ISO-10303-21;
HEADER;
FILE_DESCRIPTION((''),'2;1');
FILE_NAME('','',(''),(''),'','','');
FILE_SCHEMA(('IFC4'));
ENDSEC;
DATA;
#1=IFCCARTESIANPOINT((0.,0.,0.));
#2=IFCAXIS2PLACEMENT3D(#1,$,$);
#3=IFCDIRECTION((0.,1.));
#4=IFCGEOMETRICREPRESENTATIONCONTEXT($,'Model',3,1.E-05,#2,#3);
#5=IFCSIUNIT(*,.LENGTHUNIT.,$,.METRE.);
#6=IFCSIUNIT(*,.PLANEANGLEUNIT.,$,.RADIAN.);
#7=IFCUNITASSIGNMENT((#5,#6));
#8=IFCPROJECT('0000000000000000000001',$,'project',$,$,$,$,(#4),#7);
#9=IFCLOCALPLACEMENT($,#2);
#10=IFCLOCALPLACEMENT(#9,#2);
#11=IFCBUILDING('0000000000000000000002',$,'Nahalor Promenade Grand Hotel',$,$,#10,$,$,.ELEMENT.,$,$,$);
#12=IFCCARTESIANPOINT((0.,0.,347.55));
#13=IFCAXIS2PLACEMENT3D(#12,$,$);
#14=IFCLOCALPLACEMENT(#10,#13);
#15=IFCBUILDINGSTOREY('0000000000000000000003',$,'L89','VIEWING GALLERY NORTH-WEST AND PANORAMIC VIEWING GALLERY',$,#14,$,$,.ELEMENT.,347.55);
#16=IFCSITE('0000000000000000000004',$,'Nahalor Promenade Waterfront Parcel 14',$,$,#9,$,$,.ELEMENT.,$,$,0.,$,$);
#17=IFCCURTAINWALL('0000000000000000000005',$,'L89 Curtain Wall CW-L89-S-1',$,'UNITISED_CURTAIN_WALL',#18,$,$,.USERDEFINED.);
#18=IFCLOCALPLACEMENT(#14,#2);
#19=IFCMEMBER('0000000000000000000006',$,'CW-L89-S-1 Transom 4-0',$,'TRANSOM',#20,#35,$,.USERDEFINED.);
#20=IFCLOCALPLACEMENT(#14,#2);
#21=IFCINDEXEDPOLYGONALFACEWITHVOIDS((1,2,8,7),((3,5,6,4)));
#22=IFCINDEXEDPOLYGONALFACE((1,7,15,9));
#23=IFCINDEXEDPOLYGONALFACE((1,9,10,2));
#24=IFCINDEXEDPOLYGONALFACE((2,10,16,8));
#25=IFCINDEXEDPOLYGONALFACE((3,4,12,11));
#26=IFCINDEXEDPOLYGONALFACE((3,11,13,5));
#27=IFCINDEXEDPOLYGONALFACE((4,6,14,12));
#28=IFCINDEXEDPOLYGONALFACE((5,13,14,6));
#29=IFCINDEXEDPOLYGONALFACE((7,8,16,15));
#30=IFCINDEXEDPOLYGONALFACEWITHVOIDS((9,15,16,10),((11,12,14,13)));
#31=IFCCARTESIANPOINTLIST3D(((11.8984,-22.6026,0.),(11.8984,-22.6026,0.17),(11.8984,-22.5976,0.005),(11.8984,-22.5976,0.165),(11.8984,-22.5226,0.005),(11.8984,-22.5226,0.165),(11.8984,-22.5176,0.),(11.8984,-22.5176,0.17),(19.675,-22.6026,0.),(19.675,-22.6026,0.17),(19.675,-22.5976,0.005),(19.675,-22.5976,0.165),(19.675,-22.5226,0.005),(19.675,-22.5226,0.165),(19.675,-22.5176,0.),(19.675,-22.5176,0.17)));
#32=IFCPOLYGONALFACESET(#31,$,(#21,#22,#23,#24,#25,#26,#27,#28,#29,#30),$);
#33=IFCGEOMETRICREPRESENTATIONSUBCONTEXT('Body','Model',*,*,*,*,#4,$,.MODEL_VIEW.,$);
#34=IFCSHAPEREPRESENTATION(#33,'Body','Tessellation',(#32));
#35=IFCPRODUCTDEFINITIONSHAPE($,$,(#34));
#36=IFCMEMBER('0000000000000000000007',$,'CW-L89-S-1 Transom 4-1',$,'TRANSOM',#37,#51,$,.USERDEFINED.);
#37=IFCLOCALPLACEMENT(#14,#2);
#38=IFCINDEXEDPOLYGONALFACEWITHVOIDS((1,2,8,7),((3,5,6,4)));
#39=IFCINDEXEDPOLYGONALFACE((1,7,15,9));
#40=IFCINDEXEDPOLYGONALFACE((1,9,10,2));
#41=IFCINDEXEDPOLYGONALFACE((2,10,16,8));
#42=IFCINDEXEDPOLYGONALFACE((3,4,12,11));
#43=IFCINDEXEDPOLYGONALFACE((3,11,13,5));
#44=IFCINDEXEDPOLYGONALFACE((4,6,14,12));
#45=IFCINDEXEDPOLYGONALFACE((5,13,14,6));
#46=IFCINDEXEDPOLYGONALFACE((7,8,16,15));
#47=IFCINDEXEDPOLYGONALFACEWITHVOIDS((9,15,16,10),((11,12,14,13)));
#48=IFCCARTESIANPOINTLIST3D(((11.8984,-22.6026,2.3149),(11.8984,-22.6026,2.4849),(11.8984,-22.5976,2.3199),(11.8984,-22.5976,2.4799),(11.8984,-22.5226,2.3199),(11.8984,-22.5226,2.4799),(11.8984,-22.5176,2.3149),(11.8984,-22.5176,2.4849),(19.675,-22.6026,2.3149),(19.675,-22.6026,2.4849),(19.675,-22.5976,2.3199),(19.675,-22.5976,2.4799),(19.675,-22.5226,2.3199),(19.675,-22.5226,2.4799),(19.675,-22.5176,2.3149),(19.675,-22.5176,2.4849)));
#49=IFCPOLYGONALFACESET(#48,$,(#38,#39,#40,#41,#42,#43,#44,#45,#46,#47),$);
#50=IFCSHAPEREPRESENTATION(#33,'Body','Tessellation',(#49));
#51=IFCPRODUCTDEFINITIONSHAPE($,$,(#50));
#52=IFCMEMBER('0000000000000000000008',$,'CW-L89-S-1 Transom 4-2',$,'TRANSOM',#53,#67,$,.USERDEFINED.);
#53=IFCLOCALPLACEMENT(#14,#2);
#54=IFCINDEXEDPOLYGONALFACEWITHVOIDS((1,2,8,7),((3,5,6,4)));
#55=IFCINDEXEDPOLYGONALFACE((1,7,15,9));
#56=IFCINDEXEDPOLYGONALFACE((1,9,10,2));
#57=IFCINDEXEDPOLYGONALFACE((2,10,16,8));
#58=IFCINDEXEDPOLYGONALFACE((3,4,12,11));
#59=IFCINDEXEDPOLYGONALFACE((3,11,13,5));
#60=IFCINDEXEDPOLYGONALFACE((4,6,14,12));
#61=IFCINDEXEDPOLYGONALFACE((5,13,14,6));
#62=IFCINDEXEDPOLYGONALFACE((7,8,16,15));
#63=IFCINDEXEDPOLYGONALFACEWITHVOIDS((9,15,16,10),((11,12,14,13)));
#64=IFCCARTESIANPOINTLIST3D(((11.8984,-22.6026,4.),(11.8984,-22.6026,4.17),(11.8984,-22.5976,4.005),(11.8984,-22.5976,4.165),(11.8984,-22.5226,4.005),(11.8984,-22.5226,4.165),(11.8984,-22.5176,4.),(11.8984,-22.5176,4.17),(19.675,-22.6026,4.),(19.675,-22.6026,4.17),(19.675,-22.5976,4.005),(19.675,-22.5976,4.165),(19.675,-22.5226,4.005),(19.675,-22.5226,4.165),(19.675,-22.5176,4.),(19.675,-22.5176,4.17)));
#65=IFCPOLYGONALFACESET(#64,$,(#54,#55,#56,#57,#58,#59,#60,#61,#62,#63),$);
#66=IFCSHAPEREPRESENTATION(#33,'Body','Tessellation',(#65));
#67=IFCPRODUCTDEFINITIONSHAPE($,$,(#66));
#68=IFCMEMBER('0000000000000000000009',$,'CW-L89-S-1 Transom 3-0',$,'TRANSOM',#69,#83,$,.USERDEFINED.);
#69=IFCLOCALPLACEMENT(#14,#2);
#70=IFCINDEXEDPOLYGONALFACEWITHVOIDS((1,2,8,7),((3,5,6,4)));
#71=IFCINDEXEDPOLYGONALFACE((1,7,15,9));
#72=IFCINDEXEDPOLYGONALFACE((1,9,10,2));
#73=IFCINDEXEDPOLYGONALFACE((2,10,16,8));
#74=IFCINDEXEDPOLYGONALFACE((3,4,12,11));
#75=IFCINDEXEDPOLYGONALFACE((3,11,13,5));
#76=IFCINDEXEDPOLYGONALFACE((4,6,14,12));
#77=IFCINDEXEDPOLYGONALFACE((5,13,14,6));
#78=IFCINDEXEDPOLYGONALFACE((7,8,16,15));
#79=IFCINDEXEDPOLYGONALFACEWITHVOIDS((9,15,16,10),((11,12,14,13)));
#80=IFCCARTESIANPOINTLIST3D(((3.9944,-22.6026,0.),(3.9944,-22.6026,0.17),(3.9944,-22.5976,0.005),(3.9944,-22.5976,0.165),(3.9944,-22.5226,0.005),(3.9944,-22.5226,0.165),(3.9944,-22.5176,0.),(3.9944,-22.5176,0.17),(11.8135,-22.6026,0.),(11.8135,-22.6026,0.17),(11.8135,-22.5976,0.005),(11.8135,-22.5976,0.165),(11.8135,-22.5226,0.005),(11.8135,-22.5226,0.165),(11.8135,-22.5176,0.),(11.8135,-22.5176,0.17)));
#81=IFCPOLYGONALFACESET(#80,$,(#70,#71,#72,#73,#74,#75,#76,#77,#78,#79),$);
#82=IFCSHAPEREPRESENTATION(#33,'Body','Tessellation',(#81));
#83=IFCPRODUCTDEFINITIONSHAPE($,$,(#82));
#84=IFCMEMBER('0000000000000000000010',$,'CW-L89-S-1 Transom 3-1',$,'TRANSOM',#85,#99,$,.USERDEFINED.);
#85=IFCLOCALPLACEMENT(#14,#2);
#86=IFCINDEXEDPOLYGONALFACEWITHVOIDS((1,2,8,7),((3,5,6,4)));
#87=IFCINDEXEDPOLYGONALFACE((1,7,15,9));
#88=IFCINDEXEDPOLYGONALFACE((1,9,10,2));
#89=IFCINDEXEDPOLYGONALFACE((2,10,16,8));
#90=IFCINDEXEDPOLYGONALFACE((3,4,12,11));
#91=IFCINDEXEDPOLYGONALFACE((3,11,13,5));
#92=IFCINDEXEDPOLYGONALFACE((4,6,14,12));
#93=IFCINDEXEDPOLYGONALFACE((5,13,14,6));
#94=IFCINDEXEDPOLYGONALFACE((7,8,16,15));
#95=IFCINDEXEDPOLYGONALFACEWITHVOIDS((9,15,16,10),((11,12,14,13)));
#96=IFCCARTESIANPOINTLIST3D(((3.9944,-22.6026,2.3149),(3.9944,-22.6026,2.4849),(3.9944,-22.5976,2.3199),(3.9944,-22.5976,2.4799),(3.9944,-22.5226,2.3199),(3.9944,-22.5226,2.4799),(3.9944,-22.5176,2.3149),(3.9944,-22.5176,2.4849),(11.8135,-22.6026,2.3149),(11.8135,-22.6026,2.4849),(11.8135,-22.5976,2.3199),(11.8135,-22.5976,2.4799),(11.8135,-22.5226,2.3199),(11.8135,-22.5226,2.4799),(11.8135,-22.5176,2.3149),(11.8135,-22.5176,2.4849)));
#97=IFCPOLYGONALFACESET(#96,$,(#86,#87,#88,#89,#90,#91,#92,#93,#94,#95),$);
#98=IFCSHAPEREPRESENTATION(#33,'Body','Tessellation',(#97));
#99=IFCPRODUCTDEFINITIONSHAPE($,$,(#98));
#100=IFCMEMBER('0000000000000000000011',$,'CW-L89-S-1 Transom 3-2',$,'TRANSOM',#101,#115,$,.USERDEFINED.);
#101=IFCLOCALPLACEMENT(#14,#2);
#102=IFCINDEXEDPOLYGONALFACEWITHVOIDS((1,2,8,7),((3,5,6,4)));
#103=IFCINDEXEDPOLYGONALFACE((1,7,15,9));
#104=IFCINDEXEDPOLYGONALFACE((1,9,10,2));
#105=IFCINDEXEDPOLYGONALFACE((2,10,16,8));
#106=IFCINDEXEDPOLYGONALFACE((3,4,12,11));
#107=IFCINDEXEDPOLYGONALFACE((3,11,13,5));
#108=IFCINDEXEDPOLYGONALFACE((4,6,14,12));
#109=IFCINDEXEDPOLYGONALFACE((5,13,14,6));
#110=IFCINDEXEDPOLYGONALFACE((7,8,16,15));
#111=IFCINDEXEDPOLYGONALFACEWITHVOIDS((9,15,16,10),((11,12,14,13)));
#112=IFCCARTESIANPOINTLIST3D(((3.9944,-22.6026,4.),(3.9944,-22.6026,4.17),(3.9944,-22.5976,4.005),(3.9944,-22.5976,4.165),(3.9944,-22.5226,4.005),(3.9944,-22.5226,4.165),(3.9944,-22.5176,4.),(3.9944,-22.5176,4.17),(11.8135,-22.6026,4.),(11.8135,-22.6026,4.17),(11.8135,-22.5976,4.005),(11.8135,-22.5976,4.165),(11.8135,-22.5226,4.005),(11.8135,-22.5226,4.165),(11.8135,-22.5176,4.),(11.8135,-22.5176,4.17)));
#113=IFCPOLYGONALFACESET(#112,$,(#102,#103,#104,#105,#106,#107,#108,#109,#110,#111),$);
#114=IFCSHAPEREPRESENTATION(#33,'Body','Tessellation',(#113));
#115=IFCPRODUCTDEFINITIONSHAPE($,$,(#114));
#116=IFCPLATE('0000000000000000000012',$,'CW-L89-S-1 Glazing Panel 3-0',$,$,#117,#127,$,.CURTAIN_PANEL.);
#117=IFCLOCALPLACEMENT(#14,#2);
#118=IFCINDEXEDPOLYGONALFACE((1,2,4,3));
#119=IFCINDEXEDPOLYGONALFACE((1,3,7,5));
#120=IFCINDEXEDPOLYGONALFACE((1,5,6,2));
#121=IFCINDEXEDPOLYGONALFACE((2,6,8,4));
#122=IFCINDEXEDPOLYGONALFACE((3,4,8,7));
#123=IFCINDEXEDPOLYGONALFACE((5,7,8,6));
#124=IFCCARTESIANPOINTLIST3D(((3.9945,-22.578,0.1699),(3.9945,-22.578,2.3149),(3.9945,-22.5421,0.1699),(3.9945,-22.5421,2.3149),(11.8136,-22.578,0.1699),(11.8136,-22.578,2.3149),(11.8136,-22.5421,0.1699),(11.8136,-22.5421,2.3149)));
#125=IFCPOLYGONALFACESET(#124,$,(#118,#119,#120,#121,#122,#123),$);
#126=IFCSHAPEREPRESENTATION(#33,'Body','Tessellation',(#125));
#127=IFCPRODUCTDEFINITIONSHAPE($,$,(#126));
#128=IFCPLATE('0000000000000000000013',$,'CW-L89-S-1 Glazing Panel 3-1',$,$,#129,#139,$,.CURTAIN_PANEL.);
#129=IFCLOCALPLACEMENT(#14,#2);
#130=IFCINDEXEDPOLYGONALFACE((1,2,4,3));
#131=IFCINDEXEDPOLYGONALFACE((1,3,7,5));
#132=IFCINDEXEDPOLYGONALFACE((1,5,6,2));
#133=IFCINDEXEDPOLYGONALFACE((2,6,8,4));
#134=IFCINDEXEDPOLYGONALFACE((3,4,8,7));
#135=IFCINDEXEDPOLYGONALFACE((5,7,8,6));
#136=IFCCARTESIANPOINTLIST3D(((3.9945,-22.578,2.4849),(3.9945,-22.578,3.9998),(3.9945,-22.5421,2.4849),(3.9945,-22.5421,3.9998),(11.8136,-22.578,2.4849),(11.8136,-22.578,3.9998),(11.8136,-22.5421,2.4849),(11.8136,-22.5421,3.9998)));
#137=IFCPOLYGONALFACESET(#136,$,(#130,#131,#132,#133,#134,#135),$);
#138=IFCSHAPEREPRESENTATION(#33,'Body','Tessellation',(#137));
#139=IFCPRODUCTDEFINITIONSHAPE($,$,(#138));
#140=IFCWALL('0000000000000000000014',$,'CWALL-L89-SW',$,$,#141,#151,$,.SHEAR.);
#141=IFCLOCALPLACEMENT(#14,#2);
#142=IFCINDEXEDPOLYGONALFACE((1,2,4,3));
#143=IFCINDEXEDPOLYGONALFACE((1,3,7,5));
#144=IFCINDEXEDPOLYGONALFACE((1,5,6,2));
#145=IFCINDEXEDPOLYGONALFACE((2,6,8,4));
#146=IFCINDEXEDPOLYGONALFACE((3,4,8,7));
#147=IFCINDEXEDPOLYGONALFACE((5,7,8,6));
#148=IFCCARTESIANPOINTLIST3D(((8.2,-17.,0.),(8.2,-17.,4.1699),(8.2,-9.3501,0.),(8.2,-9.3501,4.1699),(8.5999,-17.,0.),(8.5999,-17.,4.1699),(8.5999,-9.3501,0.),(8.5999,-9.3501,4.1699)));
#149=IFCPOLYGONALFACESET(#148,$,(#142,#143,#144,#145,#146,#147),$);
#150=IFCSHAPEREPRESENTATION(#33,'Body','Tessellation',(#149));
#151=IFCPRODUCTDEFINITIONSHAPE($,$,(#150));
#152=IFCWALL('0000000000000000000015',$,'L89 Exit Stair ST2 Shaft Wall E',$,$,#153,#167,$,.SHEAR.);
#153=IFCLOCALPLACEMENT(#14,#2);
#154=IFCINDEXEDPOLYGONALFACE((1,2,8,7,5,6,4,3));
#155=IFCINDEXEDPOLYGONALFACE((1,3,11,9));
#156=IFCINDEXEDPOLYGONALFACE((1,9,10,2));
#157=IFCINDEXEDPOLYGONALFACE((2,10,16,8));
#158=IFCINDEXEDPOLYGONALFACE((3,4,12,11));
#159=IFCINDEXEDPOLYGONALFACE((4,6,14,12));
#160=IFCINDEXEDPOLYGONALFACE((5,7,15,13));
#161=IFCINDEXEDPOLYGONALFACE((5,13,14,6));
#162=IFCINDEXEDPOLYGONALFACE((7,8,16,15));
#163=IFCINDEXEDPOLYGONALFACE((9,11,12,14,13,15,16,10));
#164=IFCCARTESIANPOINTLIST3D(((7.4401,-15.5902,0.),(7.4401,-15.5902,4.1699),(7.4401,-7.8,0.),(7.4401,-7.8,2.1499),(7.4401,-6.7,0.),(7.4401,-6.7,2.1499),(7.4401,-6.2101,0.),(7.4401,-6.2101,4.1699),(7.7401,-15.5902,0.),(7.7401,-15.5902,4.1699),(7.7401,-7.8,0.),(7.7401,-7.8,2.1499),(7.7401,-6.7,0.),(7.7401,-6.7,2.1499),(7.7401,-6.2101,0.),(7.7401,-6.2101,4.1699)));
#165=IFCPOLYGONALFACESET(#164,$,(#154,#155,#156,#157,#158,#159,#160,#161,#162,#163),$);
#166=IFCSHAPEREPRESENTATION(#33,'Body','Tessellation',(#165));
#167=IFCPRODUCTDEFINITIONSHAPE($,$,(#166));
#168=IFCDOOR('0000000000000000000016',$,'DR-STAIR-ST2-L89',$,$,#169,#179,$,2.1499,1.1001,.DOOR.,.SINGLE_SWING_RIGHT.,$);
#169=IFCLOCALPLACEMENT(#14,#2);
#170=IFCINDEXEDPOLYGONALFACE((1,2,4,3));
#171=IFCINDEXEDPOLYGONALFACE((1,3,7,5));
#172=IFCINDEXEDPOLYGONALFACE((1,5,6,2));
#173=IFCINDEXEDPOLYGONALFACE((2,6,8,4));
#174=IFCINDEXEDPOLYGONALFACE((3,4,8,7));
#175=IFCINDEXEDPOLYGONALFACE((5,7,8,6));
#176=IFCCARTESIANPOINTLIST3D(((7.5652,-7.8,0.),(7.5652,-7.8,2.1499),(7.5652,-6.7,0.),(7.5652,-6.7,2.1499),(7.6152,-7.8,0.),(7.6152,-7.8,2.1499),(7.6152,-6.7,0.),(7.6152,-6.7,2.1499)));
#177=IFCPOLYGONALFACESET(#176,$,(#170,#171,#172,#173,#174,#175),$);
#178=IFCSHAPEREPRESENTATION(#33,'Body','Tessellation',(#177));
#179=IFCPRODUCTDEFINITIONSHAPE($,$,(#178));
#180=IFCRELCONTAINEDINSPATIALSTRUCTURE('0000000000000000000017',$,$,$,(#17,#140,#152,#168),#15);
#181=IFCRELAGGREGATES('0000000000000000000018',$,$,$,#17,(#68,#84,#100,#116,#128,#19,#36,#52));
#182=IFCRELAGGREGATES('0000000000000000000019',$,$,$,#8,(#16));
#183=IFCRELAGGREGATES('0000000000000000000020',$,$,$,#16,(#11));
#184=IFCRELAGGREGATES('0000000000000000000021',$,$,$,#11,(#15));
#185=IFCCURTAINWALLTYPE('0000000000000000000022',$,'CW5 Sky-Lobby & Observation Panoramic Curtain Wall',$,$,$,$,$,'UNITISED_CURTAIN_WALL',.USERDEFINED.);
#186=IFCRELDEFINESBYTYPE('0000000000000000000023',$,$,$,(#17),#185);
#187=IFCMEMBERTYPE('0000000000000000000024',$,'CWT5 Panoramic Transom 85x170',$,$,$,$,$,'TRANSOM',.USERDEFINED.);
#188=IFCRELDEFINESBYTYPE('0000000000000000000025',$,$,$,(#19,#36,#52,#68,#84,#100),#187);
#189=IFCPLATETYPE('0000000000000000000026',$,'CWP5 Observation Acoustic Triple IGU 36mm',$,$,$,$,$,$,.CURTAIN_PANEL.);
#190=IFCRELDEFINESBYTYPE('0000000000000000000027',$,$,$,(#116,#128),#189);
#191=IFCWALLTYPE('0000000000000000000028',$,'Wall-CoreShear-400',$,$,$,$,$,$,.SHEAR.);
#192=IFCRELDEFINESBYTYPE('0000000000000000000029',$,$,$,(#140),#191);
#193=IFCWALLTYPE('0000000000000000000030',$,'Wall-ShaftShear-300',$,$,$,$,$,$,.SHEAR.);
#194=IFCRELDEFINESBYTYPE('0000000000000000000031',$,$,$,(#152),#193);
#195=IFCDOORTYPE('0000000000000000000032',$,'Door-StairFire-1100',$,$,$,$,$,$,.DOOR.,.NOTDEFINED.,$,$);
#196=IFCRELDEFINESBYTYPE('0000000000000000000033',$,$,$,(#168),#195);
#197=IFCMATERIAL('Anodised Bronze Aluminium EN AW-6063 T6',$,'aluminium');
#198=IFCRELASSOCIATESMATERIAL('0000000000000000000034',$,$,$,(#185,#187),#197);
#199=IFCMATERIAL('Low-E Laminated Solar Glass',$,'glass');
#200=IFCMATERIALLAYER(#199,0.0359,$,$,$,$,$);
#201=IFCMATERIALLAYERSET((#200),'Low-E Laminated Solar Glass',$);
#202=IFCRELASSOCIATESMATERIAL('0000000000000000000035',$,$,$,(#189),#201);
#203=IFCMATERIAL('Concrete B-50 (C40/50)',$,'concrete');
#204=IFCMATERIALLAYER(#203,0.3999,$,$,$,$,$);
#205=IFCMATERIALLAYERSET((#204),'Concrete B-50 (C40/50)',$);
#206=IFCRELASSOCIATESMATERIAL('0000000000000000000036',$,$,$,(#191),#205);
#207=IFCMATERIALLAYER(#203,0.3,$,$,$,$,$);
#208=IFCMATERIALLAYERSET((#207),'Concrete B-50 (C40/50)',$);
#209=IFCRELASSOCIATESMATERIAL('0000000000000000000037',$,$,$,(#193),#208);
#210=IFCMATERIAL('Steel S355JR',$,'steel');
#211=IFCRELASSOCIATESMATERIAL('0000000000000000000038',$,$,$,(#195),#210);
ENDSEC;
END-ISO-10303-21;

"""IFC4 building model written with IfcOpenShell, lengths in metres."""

from ifc_helpers import new_model, si_unit, direction, frame, frame_2d, origin, origin_2d, place, context, subcontext, project, spatial, rectangle, hollow_rectangle, extrude, source, transform, mapped, material, layer, layer_set, material_profile, profile_set, type_object, element, fill, aggregate, save


model = new_model("IFC4")

# Units and contexts
model_context = context("Model", 3, precision=1e-05, world=origin(), true_north=direction((0.0, 1.0)))
body_context = subcontext(model_context, "Body", "Model", "MODEL_VIEW")
ifc_project = project(units=[si_unit("LENGTHUNIT", "METRE"), si_unit("PLANEANGLEUNIT", "RADIAN")], contexts=[model_context])

# Site, building, storey
site_placement = place(None, origin())
site = spatial("IfcSite", under=ifc_project, at=site_placement, Name="Nahalor Promenade Waterfront Parcel 14", CompositionType="ELEMENT", RefElevation=0.0)
building_placement = place(site_placement, origin())
building = spatial("IfcBuilding", under=site, at=building_placement, Name="Nahalor Promenade Grand Hotel", CompositionType="ELEMENT")
storey_placement = place(building_placement, frame((0.0, 0.0, 347.55)))
storey = spatial("IfcBuildingStorey", under=building, at=storey_placement, Name="L89", Description="VIEWING GALLERY NORTH-WEST AND PANORAMIC VIEWING GALLERY", CompositionType="ELEMENT", Elevation=347.55)

# Shared definitions
ifc_material_1 = material(Name="Concrete B-50 (C40/50)", Category="concrete")
ifc_material_2 = material(Name="Steel S355JR", Category="steel")

# Curtain wall, members, plates
ifc_material_3 = material(Name="Anodised Bronze Aluminium EN AW-6063 T6", Category="aluminium")
curtain_wall_type = type_object("IfcCurtainWallType", Name="CW5 Sky-Lobby & Observation Panoramic Curtain Wall", ElementType="UNITISED_CURTAIN_WALL", PredefinedType="USERDEFINED", material=ifc_material_3)
curtain_wall_placement = place(storey_placement, origin())
curtain_wall = element("IfcCurtainWall", 1, at=curtain_wall_placement, inside=storey, type_object=curtain_wall_type, Name="L89 Curtain Wall CW-L89-S-1", ObjectType="UNITISED_CURTAIN_WALL", PredefinedType="USERDEFINED")
ifc_material_profile_1 = material_profile(ifc_material_3, hollow_rectangle(XDim=0.085, YDim=0.17, WallThickness=0.005, at=origin_2d()), Name="CWT 85x170x5")
ifc_profile_set_1 = profile_set([ifc_material_profile_1], Name="Anodised Bronze Aluminium EN AW-6063 T6")
member_type_1 = type_object("IfcMemberType", Name="CWT5 Panoramic Transom 85x170", ElementType="TRANSOM", PredefinedType="USERDEFINED", material=ifc_profile_set_1)
shared_shape_1 = source(origin(), body_context, "Body", "SweptSolid", [
    extrude(hollow_rectangle(XDim=0.085, YDim=0.17, WallThickness=0.005, at=origin_2d()), origin(), (0.0, 0.0, 1.0), 7.7766),
])
member_1_placement = place(storey_placement, frame((11.8984, -22.5601, 0.085), z_axis=(1.0, 0.0, 0.0), x_axis=(0.0, 1.0, 0.0)))
member_1 = element("IfcMember", 2, at=member_1_placement, type_object=member_type_1, Name="CW-L89-S-1 Transom 4-0", ObjectType="TRANSOM", PredefinedType="USERDEFINED", context=body_context, shape_type="MappedRepresentation", body=[
    mapped(shared_shape_1, transform((0.0, 0.0, 0.0), scale=1.0)),
])
member_2_placement = place(storey_placement, frame((11.8984, -22.5601, 2.3999), z_axis=(1.0, 0.0, 0.0), x_axis=(0.0, 1.0, 0.0)))
member_2 = element("IfcMember", 3, at=member_2_placement, type_object=member_type_1, Name="CW-L89-S-1 Transom 4-1", ObjectType="TRANSOM", PredefinedType="USERDEFINED", context=body_context, shape_type="MappedRepresentation", body=[
    mapped(shared_shape_1, transform((0.0, 0.0, 0.0), scale=1.0)),
])
member_3_placement = place(storey_placement, frame((11.8984, -22.5601, 4.085), z_axis=(1.0, 0.0, 0.0), x_axis=(0.0, 1.0, 0.0)))
member_3 = element("IfcMember", 4, at=member_3_placement, type_object=member_type_1, Name="CW-L89-S-1 Transom 4-2", ObjectType="TRANSOM", PredefinedType="USERDEFINED", context=body_context, shape_type="MappedRepresentation", body=[
    mapped(shared_shape_1, transform((0.0, 0.0, 0.0), scale=1.0)),
])
shared_shape_2 = source(origin(), body_context, "Body", "SweptSolid", [
    extrude(hollow_rectangle(XDim=0.085, YDim=0.17, WallThickness=0.005, at=origin_2d()), origin(), (0.0, 0.0, 1.0), 7.8191),
])
member_4_placement = place(storey_placement, frame((3.9944, -22.5601, 0.085), z_axis=(1.0, 0.0, 0.0), x_axis=(0.0, 1.0, 0.0)))
member_4 = element("IfcMember", 5, at=member_4_placement, type_object=member_type_1, Name="CW-L89-S-1 Transom 3-0", ObjectType="TRANSOM", PredefinedType="USERDEFINED", context=body_context, shape_type="MappedRepresentation", body=[
    mapped(shared_shape_2, transform((0.0, 0.0, 0.0), scale=1.0)),
])
member_5_placement = place(storey_placement, frame((3.9944, -22.5601, 2.3999), z_axis=(1.0, 0.0, 0.0), x_axis=(0.0, 1.0, 0.0)))
member_5 = element("IfcMember", 6, at=member_5_placement, type_object=member_type_1, Name="CW-L89-S-1 Transom 3-1", ObjectType="TRANSOM", PredefinedType="USERDEFINED", context=body_context, shape_type="MappedRepresentation", body=[
    mapped(shared_shape_2, transform((0.0, 0.0, 0.0), scale=1.0)),
])
member_6_placement = place(storey_placement, frame((3.9944, -22.5601, 4.085), z_axis=(1.0, 0.0, 0.0), x_axis=(0.0, 1.0, 0.0)))
member_6 = element("IfcMember", 7, at=member_6_placement, type_object=member_type_1, Name="CW-L89-S-1 Transom 3-2", ObjectType="TRANSOM", PredefinedType="USERDEFINED", context=body_context, shape_type="MappedRepresentation", body=[
    mapped(shared_shape_2, transform((0.0, 0.0, 0.0), scale=1.0)),
])
ifc_material_4 = material(Name="Low-E Laminated Solar Glass", Category="glass")
ifc_layer_1 = layer(ifc_material_4, 0.0359)
ifc_layer_set_1 = layer_set([ifc_layer_1], Name="Low-E Laminated Solar Glass")
plate_type = type_object("IfcPlateType", Name="CWP5 Observation Acoustic Triple IGU 36mm", PredefinedType="CURTAIN_PANEL", material=ifc_layer_set_1)
shared_shape_3 = source(origin(), body_context, "Body", "SweptSolid", [
    extrude(rectangle(XDim=7.8191, YDim=0.0359, at=origin_2d()), origin(), (0.0, 0.0, 1.0), 2.145),
])
plate_1_placement = place(storey_placement, frame((7.9041, -22.5601, 0.1699), z_axis=(0.0, 0.0, 1.0), x_axis=(1.0, 0.0, 0.0)))
plate_1 = element("IfcPlate", 8, at=plate_1_placement, type_object=plate_type, Name="CW-L89-S-1 Glazing Panel 3-0", PredefinedType="CURTAIN_PANEL", context=body_context, shape_type="MappedRepresentation", body=[
    mapped(shared_shape_3, transform((0.0, 0.0, 0.0), scale=1.0)),
])
shared_shape_4 = source(origin(), body_context, "Body", "SweptSolid", [
    extrude(rectangle(XDim=7.8191, YDim=0.0359, at=origin_2d()), origin(), (0.0, 0.0, 1.0), 1.5149),
])
plate_2_placement = place(storey_placement, frame((7.9041, -22.5601, 2.4849), z_axis=(0.0, 0.0, 1.0), x_axis=(1.0, 0.0, 0.0)))
plate_2 = element("IfcPlate", 9, at=plate_2_placement, type_object=plate_type, Name="CW-L89-S-1 Glazing Panel 3-1", PredefinedType="CURTAIN_PANEL", context=body_context, shape_type="MappedRepresentation", body=[
    mapped(shared_shape_4, transform((0.0, 0.0, 0.0), scale=1.0)),
])
aggregate(curtain_wall, [member_4, member_5, member_6, plate_1, plate_2, member_1, member_2, member_3])

# Wall
ifc_layer_2 = layer(ifc_material_1, 0.3999)
ifc_layer_set_2 = layer_set([ifc_layer_2], Name="Concrete B-50 (C40/50)")
wall_type_1 = type_object("IfcWallType", Name="Wall-CoreShear-400", PredefinedType="SHEAR", material=ifc_layer_set_2)
shared_shape_5 = source(origin(), body_context, "Body", "SweptSolid", [
    extrude(rectangle(XDim=7.6499, YDim=0.3999, at=frame_2d((3.825, 0.0))), origin(), (0.0, 0.0, 1.0), 4.1699),
])
wall_1_placement = place(storey_placement, frame((8.3999, -17.0, 0.0), z_axis=(0.0, 0.0, 1.0), x_axis=(0.0, 1.0, 0.0)))
element("IfcWall", 10, at=wall_1_placement, inside=storey, type_object=wall_type_1, Name="CWALL-L89-SW", PredefinedType="SHEAR", context=body_context, shape_type="MappedRepresentation", body=[
    mapped(shared_shape_5, transform((0.0, 0.0, 0.0), scale=1.0)),
])

# Wall, opening, door
ifc_layer_3 = layer(ifc_material_1, 0.3)
ifc_layer_set_3 = layer_set([ifc_layer_3], Name="Concrete B-50 (C40/50)")
wall_type_2 = type_object("IfcWallType", Name="Wall-ShaftShear-300", PredefinedType="SHEAR", material=ifc_layer_set_3)
shared_shape_6 = source(origin(), body_context, "Body", "SweptSolid", [
    extrude(rectangle(XDim=9.3801, YDim=0.3, at=frame_2d((4.6899, 0.0))), origin(), (0.0, 0.0, 1.0), 4.1699),
])
wall_2_placement = place(storey_placement, frame((7.5901, -15.5901, 0.0), z_axis=(0.0, 0.0, 1.0), x_axis=(0.0, 1.0, 0.0)))
wall_2 = element("IfcWall", 11, at=wall_2_placement, inside=storey, type_object=wall_type_2, Name="L89 Exit Stair ST2 Shaft Wall E", PredefinedType="SHEAR", context=body_context, shape_type="MappedRepresentation", body=[
    mapped(shared_shape_6, transform((0.0, 0.0, 0.0), scale=1.0)),
])
opening_1_placement = place(wall_2_placement, frame((7.79, 0.0, 0.0)))
opening_1 = element("IfcOpeningElement", 12, at=opening_1_placement, cuts=wall_2, PredefinedType="OPENING", context=body_context, shape_type="SweptSolid", body=[
    extrude(rectangle(XDim=1.1001, YDim=2.1499, at=frame_2d((0.55, 1.075))), frame((0.0, 0.1599, 0.0), z_axis=(0.0, -1.0, 0.0), x_axis=(1.0, 0.0, 0.0)), (0.0, 0.0, 1.0), 0.3201),
])
door_type_1 = type_object("IfcDoorType", Name="Door-StairFire-1100", OperationType="NOTDEFINED", PredefinedType="DOOR", material=ifc_material_2)
shared_shape_7 = source(origin(), body_context, "Body", "SweptSolid", [
    extrude(rectangle(XDim=1.1001, YDim=2.1499, at=frame_2d((0.55, 1.075))), frame((0.0, 0.0249, 0.0), z_axis=(0.0, -1.0, 0.0), x_axis=(1.0, 0.0, 0.0)), (0.0, 0.0, 1.0), 0.05),
])
door_1_placement = place(opening_1_placement, origin())
door_1 = element("IfcDoor", 13, at=door_1_placement, inside=storey, type_object=door_type_1, Name="DR-STAIR-ST2-L89", OperationType="SINGLE_SWING_RIGHT", OverallHeight=2.1499, OverallWidth=1.1001, PredefinedType="DOOR", context=body_context, shape_type="MappedRepresentation", body=[
    mapped(shared_shape_7, transform((0.0, 0.0, 0.0), scale=1.0)),
])
fill(opening_1, door_1)

save(model, "model.ifc")
